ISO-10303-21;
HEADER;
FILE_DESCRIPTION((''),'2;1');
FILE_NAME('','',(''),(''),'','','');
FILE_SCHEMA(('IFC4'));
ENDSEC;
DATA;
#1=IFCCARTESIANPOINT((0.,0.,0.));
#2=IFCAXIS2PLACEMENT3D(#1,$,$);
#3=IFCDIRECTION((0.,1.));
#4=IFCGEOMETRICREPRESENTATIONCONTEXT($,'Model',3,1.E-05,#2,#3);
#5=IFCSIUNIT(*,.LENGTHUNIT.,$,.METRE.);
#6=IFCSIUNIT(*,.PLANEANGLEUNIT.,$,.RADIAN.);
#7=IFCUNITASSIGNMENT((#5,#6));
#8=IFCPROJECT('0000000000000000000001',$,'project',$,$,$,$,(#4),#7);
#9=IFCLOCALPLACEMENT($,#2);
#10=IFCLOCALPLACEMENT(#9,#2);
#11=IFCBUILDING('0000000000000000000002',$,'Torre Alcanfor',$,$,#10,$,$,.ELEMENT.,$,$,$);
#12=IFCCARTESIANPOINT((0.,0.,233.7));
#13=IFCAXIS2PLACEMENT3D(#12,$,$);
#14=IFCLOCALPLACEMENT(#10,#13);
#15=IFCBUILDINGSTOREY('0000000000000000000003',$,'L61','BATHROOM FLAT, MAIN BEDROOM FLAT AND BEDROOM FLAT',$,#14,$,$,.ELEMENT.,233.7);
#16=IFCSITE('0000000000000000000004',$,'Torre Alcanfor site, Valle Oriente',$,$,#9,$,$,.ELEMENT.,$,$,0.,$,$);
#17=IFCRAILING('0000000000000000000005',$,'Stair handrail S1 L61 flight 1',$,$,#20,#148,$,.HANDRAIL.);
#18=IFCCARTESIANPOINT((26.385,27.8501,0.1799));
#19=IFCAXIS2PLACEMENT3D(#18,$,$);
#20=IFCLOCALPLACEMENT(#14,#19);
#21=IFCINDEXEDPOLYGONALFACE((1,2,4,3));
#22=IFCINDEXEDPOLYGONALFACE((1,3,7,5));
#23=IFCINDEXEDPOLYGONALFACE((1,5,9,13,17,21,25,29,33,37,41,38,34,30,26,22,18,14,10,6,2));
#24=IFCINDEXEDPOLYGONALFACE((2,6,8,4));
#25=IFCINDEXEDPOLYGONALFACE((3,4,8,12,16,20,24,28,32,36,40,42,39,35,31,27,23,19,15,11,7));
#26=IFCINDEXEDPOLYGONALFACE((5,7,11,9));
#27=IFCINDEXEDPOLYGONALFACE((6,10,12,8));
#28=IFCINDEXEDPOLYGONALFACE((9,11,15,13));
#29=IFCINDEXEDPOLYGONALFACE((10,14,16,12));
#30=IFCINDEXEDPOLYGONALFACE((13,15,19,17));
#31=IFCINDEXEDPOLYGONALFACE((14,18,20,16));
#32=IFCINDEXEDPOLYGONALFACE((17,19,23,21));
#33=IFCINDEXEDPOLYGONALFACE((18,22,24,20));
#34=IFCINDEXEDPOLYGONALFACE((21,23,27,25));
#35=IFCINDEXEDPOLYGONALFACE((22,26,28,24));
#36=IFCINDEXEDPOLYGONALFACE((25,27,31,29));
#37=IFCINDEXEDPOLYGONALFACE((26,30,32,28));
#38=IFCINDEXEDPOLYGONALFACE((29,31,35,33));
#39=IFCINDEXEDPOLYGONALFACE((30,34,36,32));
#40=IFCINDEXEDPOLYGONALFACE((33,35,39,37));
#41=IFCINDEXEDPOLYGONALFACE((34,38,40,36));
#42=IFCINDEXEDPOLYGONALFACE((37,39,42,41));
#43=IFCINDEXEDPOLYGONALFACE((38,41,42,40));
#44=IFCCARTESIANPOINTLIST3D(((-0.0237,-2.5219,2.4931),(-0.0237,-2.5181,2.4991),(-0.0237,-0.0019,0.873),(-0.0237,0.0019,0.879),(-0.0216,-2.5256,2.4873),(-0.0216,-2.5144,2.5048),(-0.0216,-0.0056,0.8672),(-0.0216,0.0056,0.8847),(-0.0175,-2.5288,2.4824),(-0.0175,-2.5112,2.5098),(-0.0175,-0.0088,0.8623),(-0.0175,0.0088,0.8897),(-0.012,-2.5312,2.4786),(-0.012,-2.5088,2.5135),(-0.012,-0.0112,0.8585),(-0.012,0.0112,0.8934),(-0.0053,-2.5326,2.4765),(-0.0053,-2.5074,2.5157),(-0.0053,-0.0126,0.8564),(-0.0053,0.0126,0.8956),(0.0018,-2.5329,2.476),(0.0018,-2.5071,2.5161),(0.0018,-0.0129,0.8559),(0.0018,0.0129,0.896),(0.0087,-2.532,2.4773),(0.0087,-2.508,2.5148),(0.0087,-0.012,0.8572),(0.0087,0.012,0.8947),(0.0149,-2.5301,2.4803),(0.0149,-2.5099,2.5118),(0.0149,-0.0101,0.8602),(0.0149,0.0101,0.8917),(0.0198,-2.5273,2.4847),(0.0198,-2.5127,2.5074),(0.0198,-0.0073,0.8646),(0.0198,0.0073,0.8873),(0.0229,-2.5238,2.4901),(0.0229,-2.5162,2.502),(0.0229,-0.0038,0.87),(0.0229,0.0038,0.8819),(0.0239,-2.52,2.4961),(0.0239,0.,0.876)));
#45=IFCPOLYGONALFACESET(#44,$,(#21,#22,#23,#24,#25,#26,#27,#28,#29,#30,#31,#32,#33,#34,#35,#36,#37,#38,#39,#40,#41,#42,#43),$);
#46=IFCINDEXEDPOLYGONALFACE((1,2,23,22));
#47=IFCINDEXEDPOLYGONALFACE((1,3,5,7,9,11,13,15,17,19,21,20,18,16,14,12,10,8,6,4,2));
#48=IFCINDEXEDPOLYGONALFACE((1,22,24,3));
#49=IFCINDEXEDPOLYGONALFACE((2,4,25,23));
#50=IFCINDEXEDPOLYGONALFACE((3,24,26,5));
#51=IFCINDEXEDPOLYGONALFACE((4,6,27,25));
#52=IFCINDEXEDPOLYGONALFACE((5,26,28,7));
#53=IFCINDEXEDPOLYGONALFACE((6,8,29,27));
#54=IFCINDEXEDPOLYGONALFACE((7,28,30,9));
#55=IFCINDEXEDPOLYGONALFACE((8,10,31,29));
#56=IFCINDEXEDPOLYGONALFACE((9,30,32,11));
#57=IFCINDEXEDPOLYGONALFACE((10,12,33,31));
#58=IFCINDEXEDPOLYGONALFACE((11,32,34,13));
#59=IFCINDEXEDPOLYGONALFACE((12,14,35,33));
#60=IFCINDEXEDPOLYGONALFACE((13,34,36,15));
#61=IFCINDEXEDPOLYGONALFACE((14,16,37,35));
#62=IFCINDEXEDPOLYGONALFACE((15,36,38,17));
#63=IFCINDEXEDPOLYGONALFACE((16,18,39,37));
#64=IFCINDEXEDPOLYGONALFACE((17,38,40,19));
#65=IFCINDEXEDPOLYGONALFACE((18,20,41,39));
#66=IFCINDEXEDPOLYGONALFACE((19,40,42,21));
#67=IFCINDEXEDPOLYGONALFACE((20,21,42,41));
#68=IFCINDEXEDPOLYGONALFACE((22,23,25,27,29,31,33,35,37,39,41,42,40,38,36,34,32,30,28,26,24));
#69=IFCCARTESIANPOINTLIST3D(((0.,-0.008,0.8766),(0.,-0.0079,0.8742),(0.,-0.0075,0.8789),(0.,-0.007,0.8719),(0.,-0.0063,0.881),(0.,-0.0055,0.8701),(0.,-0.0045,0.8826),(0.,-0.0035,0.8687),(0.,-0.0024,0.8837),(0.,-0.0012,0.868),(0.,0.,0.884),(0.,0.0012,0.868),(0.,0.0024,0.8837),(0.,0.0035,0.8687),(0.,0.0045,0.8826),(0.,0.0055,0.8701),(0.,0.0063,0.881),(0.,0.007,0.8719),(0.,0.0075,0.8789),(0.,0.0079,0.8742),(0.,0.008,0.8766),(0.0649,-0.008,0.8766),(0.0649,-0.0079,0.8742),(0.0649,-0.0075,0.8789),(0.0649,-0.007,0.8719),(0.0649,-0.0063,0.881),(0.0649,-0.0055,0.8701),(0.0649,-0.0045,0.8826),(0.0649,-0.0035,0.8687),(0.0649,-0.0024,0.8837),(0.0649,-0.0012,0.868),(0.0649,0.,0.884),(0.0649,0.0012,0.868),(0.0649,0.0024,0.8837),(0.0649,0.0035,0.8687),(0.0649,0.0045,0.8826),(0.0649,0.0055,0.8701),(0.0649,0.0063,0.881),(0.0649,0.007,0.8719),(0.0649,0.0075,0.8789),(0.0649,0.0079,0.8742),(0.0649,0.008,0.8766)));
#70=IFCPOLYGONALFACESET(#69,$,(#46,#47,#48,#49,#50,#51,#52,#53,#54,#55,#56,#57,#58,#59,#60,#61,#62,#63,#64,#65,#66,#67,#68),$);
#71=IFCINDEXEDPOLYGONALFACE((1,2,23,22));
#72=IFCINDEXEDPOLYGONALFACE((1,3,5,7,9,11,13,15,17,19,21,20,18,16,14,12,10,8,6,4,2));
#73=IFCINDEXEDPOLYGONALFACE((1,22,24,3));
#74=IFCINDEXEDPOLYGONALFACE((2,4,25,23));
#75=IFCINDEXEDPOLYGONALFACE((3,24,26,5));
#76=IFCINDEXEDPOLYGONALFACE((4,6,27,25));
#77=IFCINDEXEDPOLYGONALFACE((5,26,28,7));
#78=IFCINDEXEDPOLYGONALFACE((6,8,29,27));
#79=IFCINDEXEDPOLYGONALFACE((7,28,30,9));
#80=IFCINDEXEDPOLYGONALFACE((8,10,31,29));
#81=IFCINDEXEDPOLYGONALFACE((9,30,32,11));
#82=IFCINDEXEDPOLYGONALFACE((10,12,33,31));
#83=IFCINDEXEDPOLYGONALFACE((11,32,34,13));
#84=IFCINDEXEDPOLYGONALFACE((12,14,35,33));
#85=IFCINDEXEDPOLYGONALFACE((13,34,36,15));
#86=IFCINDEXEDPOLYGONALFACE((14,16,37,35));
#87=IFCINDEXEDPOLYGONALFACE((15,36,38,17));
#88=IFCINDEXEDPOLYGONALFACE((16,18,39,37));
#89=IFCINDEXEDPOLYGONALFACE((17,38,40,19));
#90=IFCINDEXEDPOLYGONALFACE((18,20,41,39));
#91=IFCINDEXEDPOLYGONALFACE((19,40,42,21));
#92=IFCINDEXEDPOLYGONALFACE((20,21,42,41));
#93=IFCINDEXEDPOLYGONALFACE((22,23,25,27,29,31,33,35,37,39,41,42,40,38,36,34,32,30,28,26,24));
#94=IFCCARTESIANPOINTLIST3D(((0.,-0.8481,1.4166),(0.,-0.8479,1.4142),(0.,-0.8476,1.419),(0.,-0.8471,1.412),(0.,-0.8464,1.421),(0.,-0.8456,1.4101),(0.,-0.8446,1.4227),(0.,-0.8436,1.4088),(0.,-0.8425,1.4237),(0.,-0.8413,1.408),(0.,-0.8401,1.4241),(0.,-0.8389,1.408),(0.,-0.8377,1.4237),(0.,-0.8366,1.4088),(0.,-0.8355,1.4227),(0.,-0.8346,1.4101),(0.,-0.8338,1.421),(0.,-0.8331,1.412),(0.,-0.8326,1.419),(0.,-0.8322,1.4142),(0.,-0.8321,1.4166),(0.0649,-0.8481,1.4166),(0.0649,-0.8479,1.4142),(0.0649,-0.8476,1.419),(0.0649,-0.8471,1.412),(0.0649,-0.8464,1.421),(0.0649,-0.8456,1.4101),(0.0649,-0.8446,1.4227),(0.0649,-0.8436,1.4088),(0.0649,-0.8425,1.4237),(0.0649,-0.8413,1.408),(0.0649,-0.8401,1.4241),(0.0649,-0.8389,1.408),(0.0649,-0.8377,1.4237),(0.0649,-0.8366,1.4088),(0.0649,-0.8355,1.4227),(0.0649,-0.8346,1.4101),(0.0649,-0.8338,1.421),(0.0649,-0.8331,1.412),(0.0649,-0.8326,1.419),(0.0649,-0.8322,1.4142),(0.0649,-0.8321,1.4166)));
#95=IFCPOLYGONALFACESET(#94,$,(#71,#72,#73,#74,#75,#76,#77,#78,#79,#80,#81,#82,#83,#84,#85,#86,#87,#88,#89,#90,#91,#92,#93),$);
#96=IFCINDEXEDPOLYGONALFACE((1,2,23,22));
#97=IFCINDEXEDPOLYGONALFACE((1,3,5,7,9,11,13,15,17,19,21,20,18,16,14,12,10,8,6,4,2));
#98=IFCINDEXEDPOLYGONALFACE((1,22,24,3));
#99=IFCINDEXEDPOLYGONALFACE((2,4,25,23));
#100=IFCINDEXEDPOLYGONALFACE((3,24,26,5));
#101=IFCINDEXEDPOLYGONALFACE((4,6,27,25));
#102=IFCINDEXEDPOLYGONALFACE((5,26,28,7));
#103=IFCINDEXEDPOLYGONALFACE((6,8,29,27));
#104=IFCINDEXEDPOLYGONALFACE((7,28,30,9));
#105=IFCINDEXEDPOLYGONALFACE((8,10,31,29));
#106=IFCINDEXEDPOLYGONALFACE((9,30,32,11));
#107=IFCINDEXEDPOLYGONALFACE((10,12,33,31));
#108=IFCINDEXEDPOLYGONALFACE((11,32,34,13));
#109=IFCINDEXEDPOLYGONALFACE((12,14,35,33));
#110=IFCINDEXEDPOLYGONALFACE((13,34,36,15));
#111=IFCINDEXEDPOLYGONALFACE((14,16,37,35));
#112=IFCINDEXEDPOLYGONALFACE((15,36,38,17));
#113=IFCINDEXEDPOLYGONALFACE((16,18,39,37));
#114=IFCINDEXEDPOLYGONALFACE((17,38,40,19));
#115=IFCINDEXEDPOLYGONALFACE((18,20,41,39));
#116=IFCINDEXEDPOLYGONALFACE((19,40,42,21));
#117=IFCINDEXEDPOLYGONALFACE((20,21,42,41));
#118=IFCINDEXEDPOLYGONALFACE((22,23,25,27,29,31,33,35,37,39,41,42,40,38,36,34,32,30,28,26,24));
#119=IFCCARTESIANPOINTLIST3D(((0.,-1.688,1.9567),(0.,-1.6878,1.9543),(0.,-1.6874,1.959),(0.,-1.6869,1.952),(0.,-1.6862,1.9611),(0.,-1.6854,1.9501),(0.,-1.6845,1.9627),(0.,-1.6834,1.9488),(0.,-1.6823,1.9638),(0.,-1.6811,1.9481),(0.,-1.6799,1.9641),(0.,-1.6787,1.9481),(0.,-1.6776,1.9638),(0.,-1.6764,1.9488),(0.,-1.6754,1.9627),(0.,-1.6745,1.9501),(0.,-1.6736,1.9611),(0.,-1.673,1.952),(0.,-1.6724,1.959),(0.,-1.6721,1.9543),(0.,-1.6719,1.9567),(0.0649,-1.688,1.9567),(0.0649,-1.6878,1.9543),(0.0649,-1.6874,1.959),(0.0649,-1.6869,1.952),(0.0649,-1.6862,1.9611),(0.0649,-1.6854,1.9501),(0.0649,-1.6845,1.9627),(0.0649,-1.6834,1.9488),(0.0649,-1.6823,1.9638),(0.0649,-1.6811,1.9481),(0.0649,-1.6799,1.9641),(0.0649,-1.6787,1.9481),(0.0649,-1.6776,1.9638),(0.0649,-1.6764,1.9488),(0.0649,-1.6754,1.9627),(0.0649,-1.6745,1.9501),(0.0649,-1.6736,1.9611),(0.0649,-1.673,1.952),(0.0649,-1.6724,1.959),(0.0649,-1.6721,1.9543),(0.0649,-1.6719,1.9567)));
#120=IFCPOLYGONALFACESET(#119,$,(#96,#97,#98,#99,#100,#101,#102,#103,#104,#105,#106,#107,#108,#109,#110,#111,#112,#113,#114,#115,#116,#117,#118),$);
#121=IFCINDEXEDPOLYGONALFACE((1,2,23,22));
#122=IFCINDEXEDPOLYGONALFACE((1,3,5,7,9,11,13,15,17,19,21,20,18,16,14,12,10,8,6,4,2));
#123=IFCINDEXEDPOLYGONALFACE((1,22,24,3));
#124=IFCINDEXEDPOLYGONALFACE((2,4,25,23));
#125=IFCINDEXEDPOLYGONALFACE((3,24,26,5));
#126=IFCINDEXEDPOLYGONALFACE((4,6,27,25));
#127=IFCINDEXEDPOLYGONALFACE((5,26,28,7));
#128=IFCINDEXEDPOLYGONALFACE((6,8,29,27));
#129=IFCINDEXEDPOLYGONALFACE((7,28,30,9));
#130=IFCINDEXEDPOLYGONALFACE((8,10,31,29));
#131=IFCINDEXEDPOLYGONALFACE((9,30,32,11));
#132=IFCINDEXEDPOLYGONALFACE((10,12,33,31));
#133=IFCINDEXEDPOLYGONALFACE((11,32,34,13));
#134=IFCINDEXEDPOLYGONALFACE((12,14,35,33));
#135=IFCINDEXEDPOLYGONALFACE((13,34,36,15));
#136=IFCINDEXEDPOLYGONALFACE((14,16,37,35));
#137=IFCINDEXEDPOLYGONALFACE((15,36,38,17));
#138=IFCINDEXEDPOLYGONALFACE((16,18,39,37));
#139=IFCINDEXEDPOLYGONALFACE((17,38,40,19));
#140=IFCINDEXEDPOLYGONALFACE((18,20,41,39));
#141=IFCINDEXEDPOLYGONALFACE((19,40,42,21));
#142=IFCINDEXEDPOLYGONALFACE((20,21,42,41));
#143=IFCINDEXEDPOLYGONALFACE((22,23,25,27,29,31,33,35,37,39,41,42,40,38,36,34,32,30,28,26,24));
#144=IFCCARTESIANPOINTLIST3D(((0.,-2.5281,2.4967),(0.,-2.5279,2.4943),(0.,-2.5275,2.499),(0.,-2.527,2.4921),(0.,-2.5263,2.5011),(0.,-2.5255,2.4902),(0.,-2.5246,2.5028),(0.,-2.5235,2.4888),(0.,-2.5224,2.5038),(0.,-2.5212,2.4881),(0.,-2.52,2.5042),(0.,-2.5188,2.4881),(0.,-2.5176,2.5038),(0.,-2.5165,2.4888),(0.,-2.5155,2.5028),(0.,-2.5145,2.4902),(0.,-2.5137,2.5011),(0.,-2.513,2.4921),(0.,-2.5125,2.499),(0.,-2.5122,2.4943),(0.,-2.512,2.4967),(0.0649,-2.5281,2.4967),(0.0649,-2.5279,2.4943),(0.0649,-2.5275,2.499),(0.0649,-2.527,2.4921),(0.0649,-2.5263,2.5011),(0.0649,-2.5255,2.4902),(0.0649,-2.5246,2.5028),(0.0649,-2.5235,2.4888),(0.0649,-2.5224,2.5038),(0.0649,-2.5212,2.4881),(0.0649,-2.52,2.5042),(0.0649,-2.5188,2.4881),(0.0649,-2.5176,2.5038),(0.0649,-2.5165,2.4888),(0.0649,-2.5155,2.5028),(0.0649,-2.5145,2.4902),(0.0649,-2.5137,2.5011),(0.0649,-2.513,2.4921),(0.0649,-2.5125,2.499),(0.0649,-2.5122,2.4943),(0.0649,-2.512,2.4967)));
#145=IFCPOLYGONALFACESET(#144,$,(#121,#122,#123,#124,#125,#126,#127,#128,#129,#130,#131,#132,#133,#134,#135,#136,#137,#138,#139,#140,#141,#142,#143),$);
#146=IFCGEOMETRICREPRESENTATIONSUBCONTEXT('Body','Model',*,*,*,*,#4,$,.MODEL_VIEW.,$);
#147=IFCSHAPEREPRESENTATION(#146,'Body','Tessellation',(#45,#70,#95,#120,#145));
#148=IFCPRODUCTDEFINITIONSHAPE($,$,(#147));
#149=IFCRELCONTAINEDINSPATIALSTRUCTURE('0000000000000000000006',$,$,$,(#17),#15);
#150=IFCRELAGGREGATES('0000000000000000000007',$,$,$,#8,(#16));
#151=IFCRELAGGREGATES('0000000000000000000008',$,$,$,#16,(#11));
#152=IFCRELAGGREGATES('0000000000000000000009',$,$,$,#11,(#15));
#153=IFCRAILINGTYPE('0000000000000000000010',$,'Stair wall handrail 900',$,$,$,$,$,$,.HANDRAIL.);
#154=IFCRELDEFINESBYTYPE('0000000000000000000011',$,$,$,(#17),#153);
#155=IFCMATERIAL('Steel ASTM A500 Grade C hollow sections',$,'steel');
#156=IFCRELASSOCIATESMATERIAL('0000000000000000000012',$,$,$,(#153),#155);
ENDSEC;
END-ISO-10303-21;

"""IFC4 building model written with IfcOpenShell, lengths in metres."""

from ifc_helpers import new_model, si_unit, direction, frame, origin, origin_2d, place, context, subcontext, project, spatial, circle, extrude, material, type_object, element, save


model = new_model("IFC4")

# Units and contexts
model_context = context("Model", 3, precision=1e-05, world=origin(), true_north=direction((0.0, 1.0)))
body_context = subcontext(model_context, "Body", "Model", "MODEL_VIEW")
ifc_project = project(units=[si_unit("LENGTHUNIT", "METRE"), si_unit("PLANEANGLEUNIT", "RADIAN")], contexts=[model_context])

# Site, building, storey
site_placement = place(None, origin())
site = spatial("IfcSite", under=ifc_project, at=site_placement, Name="Torre Alcanfor site, Valle Oriente", CompositionType="ELEMENT", RefElevation=0.0)
building_placement = place(site_placement, origin())
building = spatial("IfcBuilding", under=site, at=building_placement, Name="Torre Alcanfor", CompositionType="ELEMENT")
storey_placement = place(building_placement, frame((0.0, 0.0, 233.7)))
storey = spatial("IfcBuildingStorey", under=building, at=storey_placement, Name="L61", Description="BATHROOM FLAT, MAIN BEDROOM FLAT AND BEDROOM FLAT", CompositionType="ELEMENT", Elevation=233.7)

# Railing
ifc_material_1 = material(Name="Steel ASTM A500 Grade C hollow sections", Category="steel")
railing_type = type_object("IfcRailingType", Name="Stair wall handrail 900", PredefinedType="HANDRAIL", material=ifc_material_1)
railing_placement = place(storey_placement, frame((26.385, 27.8501, 0.1799)))
element("IfcRailing", 1, at=railing_placement, inside=storey, type_object=railing_type, Name="Stair handrail S1 L61 flight 1", PredefinedType="HANDRAIL", context=body_context, shape_type="SweptSolid", body=[
    extrude(circle(Radius=0.0239, at=origin_2d()), frame((0.0, 0.0, 0.876), z_axis=(0.0, -0.841163, 0.540782), x_axis=(1.0, 0.0, 0.0)), (0.0, 0.0, 1.0), 2.9958),
    extrude(circle(Radius=0.0081, at=origin_2d()), frame((0.0, 0.0, 0.876), z_axis=(1.0, 0.0, 0.0), x_axis=(0.0, 0.0, 1.0)), (0.0, 0.0, 1.0), 0.0649),
    extrude(circle(Radius=0.0081, at=origin_2d()), frame((0.0, -0.8401, 1.416), z_axis=(1.0, 0.0, 0.0), x_axis=(0.0, 0.0, 1.0)), (0.0, 0.0, 1.0), 0.0649),
    extrude(circle(Radius=0.0081, at=origin_2d()), frame((0.0, -1.6799, 1.9561), z_axis=(1.0, 0.0, 0.0), x_axis=(0.0, 0.0, 1.0)), (0.0, 0.0, 1.0), 0.0649),
    extrude(circle(Radius=0.0081, at=origin_2d()), frame((0.0, -2.52, 2.4961), z_axis=(1.0, 0.0, 0.0), x_axis=(0.0, 0.0, 1.0)), (0.0, 0.0, 1.0), 0.0649),
])

save(model, "model.ifc")
